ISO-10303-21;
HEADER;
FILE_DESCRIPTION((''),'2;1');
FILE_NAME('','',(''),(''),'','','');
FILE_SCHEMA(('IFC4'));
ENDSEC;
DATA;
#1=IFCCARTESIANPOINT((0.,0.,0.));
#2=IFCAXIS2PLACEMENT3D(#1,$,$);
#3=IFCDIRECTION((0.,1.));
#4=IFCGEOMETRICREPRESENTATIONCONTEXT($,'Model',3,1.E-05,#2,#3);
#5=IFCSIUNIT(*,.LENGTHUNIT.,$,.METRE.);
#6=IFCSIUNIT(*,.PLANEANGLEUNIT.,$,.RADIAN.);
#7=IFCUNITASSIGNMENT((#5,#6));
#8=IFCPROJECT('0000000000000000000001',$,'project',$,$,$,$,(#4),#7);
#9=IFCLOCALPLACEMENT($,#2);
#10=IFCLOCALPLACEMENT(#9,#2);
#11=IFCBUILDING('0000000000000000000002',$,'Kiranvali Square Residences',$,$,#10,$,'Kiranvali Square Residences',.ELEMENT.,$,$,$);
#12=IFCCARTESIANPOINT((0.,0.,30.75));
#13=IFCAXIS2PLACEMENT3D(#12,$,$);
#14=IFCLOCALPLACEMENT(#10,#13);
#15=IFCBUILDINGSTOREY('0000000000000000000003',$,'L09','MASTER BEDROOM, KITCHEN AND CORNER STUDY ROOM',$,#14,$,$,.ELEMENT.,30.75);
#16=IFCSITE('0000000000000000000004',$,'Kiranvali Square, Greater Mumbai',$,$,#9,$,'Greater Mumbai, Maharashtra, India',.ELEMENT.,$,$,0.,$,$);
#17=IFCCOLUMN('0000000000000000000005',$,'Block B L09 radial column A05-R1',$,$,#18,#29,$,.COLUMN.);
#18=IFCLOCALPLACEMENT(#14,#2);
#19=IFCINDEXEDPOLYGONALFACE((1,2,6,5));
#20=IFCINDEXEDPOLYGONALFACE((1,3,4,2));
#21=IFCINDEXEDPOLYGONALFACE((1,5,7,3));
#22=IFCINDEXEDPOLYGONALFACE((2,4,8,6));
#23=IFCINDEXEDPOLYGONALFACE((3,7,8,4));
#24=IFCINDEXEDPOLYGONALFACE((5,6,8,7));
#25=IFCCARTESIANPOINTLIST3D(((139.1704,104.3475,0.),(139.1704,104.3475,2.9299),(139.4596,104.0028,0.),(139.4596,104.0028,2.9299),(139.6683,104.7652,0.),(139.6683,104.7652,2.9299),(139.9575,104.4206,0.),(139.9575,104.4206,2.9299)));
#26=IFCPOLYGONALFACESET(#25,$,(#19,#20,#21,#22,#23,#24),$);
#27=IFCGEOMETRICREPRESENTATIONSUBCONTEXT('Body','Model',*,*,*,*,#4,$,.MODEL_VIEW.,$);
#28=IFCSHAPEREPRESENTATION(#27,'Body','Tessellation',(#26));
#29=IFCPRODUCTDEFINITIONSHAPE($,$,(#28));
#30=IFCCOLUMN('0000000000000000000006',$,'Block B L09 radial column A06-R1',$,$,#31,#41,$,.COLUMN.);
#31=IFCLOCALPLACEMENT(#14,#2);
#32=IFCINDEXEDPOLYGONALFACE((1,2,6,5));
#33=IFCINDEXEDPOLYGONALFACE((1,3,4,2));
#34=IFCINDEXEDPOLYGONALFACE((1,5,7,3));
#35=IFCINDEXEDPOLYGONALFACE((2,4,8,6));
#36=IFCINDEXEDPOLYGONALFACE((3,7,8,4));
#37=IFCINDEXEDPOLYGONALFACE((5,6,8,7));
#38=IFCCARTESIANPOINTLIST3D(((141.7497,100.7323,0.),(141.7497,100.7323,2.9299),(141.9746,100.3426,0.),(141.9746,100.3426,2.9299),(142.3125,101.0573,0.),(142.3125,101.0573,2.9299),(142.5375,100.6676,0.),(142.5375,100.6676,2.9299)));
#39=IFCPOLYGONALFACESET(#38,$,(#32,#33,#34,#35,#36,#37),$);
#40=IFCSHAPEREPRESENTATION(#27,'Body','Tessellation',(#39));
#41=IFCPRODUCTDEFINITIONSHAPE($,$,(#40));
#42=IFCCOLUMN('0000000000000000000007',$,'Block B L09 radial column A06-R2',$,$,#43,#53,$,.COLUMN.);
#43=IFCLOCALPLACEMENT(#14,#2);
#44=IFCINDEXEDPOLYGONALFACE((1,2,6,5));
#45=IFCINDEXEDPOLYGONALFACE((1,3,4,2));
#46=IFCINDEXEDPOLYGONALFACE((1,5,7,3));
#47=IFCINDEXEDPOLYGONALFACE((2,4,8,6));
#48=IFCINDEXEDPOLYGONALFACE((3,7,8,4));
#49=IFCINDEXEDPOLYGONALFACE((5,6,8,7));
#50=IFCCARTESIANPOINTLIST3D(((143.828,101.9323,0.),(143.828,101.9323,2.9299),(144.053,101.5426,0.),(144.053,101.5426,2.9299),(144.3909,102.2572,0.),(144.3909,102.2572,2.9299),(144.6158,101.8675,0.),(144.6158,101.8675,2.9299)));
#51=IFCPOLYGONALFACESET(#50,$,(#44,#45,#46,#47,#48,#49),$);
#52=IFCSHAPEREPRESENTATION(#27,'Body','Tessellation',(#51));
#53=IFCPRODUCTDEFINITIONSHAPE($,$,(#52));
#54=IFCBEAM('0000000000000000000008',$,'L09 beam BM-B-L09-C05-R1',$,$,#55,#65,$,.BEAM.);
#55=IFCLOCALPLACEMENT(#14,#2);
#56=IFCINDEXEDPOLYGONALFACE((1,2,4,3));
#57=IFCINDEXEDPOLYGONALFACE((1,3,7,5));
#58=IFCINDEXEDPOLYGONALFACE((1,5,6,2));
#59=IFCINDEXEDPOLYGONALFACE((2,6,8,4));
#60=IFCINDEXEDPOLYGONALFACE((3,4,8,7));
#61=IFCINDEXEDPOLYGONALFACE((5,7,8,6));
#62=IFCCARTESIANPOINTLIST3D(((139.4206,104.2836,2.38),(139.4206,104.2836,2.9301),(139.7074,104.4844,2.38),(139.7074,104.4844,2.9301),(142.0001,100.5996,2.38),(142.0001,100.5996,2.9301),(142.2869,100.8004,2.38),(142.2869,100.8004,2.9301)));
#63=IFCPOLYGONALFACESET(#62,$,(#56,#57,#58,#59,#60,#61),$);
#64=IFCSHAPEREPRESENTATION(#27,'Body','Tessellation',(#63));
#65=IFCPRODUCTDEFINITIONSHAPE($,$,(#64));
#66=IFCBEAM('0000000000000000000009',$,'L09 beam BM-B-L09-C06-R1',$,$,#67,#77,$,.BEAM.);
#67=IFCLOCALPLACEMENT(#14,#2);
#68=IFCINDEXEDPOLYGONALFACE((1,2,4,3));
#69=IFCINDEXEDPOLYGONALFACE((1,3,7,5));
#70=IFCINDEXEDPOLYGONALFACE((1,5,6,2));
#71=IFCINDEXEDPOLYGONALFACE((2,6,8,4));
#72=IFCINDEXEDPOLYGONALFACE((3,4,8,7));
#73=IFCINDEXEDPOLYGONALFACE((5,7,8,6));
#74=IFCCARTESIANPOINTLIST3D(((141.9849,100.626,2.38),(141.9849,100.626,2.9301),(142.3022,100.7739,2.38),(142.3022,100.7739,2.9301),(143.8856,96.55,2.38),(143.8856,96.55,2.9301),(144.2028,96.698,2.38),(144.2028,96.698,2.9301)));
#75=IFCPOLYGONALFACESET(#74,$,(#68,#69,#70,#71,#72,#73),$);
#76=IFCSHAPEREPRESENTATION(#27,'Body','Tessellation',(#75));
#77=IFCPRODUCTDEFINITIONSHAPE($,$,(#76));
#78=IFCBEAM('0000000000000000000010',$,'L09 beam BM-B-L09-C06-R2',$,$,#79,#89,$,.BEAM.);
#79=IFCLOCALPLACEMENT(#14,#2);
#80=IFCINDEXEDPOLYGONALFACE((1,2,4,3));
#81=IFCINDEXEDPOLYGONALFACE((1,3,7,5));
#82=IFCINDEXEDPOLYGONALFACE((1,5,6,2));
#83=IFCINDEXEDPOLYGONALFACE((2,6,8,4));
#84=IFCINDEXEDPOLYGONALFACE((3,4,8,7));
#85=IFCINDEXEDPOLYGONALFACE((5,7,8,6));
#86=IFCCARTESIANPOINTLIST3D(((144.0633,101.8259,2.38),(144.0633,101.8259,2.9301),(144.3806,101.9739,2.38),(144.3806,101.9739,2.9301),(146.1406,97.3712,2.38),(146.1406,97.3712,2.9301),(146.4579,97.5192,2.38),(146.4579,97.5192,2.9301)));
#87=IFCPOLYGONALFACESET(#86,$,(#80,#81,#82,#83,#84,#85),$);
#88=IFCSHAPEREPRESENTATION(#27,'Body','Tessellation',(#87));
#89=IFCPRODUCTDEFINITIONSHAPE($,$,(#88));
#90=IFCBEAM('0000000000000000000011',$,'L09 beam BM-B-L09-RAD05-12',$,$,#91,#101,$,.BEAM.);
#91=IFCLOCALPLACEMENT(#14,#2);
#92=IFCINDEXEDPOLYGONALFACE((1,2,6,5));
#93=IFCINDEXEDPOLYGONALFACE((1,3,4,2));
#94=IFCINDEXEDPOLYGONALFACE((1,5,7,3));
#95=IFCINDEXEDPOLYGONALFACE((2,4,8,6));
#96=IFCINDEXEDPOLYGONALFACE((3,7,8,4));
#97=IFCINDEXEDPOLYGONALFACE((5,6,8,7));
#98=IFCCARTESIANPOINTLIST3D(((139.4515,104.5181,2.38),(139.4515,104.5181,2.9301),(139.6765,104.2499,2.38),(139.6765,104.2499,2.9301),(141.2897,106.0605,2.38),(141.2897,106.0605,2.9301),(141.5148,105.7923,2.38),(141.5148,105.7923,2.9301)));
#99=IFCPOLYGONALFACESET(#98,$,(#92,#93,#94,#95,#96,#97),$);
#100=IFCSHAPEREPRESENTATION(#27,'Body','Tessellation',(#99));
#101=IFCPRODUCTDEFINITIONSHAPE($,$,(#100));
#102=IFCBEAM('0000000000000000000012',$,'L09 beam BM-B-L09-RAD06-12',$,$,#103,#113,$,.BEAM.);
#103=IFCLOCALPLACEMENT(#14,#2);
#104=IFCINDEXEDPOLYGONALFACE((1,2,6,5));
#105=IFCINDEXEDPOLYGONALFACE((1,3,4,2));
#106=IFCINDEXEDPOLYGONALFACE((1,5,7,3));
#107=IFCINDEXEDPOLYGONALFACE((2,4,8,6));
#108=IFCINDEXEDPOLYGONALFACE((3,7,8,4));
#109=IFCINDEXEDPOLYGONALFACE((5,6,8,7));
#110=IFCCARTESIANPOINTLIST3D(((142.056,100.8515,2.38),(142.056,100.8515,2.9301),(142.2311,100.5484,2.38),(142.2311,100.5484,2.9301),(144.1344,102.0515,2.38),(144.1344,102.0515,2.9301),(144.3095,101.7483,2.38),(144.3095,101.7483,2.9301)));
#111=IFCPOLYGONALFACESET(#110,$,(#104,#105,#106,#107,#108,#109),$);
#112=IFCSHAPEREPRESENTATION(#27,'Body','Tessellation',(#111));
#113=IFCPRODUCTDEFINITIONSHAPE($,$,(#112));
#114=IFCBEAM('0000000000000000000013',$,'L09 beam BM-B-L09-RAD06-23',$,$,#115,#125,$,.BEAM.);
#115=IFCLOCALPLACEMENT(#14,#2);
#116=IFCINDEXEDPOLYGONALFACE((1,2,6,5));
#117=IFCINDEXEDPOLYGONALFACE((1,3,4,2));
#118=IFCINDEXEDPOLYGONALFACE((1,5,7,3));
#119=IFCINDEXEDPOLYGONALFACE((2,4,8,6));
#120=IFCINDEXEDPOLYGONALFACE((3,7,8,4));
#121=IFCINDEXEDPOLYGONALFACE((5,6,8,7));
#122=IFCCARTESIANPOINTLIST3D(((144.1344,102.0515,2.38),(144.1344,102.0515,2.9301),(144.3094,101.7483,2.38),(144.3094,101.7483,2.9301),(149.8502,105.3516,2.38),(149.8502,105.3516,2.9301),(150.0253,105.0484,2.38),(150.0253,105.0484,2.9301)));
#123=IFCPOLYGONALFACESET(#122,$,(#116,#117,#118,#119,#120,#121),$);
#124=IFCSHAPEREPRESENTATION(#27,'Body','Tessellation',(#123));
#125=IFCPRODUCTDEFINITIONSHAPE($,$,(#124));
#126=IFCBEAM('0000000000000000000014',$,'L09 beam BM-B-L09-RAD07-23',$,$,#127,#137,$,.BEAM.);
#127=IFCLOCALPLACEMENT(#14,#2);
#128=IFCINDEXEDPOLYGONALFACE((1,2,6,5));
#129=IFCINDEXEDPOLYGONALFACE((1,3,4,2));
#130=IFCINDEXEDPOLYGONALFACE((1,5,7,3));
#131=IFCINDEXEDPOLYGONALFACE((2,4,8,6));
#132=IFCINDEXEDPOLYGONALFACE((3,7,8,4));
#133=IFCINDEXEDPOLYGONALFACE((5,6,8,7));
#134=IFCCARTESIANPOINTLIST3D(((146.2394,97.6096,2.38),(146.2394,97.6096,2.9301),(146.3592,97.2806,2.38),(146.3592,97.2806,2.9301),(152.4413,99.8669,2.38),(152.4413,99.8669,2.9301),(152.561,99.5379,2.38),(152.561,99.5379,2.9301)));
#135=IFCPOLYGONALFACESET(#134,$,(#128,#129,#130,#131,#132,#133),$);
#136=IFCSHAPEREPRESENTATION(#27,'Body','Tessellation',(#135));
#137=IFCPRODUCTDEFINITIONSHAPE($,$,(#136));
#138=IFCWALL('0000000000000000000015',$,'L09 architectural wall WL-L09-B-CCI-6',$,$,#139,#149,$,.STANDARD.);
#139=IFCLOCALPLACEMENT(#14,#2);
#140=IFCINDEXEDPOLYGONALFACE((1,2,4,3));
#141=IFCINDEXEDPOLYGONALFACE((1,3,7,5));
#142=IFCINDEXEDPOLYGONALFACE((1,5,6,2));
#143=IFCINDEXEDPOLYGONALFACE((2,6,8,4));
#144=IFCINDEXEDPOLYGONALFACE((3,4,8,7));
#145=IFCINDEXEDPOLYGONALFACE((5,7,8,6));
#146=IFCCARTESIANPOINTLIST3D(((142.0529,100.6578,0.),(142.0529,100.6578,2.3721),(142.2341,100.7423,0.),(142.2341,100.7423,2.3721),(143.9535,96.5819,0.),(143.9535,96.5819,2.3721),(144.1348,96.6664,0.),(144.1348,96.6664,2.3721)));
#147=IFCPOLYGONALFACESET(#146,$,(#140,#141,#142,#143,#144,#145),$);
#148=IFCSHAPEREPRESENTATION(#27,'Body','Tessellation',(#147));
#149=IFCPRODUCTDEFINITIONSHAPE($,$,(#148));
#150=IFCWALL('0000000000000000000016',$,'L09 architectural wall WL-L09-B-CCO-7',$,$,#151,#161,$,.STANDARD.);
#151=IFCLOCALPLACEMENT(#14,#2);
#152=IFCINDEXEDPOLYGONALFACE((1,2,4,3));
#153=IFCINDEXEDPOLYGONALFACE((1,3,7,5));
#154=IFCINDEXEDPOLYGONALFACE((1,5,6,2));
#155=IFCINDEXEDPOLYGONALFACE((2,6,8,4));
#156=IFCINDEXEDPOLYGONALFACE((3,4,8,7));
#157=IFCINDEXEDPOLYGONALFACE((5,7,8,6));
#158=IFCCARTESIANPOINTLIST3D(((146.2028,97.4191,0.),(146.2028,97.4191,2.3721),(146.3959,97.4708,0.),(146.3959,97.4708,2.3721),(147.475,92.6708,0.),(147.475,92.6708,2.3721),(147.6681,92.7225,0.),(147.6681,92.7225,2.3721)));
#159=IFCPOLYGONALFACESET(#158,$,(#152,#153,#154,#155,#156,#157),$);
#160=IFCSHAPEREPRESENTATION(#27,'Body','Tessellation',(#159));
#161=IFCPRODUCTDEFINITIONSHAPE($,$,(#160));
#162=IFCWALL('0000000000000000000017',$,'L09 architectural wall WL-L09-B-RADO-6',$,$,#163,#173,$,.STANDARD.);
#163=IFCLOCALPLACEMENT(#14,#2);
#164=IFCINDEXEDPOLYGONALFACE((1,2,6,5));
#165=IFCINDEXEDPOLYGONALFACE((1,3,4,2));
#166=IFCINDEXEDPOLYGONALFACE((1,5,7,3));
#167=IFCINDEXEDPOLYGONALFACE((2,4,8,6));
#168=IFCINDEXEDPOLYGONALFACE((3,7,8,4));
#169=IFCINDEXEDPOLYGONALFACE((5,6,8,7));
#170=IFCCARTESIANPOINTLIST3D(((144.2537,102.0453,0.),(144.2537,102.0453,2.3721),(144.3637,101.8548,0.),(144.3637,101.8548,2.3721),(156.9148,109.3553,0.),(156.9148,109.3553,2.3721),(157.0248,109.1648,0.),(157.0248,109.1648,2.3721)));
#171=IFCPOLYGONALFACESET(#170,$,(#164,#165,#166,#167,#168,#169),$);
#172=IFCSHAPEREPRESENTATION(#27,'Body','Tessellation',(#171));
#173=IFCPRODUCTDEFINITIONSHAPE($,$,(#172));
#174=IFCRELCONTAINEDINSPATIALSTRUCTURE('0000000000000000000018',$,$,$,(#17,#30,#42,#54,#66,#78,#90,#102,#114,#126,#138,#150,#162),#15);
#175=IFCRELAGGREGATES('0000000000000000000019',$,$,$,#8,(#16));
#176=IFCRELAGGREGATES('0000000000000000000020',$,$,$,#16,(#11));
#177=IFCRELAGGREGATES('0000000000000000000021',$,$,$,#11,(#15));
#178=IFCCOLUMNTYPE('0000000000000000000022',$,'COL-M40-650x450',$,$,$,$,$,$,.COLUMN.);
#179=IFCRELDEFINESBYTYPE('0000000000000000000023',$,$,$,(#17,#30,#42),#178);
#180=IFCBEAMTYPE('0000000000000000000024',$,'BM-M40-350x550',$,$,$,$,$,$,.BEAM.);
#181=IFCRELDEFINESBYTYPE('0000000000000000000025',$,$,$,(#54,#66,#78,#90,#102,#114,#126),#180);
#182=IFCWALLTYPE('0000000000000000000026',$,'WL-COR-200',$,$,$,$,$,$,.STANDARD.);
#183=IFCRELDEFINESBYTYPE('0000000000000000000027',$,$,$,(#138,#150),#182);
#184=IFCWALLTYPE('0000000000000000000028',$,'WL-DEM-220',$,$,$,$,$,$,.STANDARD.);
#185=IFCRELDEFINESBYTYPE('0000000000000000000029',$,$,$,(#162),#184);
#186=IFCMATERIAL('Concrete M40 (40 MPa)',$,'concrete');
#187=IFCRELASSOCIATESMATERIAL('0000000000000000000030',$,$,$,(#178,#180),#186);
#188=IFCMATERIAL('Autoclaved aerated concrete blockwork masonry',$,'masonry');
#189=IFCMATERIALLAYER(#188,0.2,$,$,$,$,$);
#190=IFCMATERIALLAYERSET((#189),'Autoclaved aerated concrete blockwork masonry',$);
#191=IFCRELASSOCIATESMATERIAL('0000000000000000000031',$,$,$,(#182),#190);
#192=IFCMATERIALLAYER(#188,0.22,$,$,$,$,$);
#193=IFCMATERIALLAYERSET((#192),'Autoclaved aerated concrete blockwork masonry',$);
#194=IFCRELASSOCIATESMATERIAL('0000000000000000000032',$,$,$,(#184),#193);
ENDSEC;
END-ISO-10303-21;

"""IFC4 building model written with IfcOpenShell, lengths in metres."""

from ifc_helpers import new_model, si_unit, direction, frame, frame_2d, origin, origin_2d, place, context, subcontext, project, spatial, rectangle, extrude, material, layer, layer_set, material_profile, profile_set, type_object, element, save


model = new_model("IFC4")

# Units and contexts
model_context = context("Model", 3, precision=1e-05, world=origin(), true_north=direction((0.0, 1.0)))
body_context = subcontext(model_context, "Body", "Model", "MODEL_VIEW")
ifc_project = project(units=[si_unit("LENGTHUNIT", "METRE"), si_unit("PLANEANGLEUNIT", "RADIAN")], contexts=[model_context])

# Site, building, storey
site_placement = place(None, origin())
site = spatial("IfcSite", under=ifc_project, at=site_placement, Name="Kiranvali Square, Greater Mumbai", LongName="Greater Mumbai, Maharashtra, India", CompositionType="ELEMENT", RefElevation=0.0)
building_placement = place(site_placement, origin())
building = spatial("IfcBuilding", under=site, at=building_placement, Name="Kiranvali Square Residences", LongName="Kiranvali Square Residences", CompositionType="ELEMENT")
storey_placement = place(building_placement, frame((0.0, 0.0, 30.75)))
storey = spatial("IfcBuildingStorey", under=building, at=storey_placement, Name="L09", Description="MASTER BEDROOM, KITCHEN AND CORNER STUDY ROOM", CompositionType="ELEMENT", Elevation=30.75)

# Columns
ifc_material_1 = material(Name="Concrete M40 (40 MPa)", Category="concrete")
ifc_material_profile_1 = material_profile(ifc_material_1, rectangle(XDim=0.45, YDim=0.6499, at=origin_2d()), Name="RC 650x450")
ifc_profile_set_1 = profile_set([ifc_material_profile_1], Name="Concrete M40 (40 MPa)")
column_type = type_object("IfcColumnType", Name="COL-M40-650x450", PredefinedType="COLUMN", material=ifc_profile_set_1)
for number, where, z_axis, x_axis, name in (
    (1, (139.564, 104.384, 0.0), (0.0, 0.0, 1.0), (-0.642788, 0.766044, 0.0), "Block B L09 radial column A05-R1"),
    (2, (142.1436, 100.7, 0.0), (0.0, 0.0, 1.0), (-0.5, 0.866025, 0.0), "Block B L09 radial column A06-R1"),
    (3, (144.2219, 101.8999, 0.0), (0.0, 0.0, 1.0), (-0.5, 0.866025, 0.0), "Block B L09 radial column A06-R2"),
):
    element("IfcColumn", number, at=place(storey_placement, frame(where, z_axis=z_axis, x_axis=x_axis)), inside=storey, type_object=column_type, Name=name, PredefinedType="COLUMN", context=body_context, shape_type="SweptSolid", body=[
        extrude(rectangle(XDim=0.45, YDim=0.6499, at=origin_2d()), origin(), (0.0, 0.0, 1.0), 2.9299),
    ])

# Beams
ifc_material_profile_2 = material_profile(ifc_material_1, rectangle(XDim=0.3501, YDim=0.55, at=origin_2d()), Name="RC 350x550")
ifc_profile_set_2 = profile_set([ifc_material_profile_2], Name="Concrete M40 (40 MPa)")
beam_type = type_object("IfcBeamType", Name="BM-M40-350x550", PredefinedType="BEAM", material=ifc_profile_set_2)
for number, where, z_axis, x_axis, name in (
    (4, (139.564, 104.384, 2.655), (0.573572, -0.819155, 0.0), (0.819155, 0.573572, 0.0), "L09 beam BM-B-L09-C05-R1"),
    (5, (142.1436, 100.7, 2.655), (0.422618, -0.906308, 0.0), (0.906308, 0.422618, 0.0), "L09 beam BM-B-L09-C06-R1"),
):
    element("IfcBeam", number, at=place(storey_placement, frame(where, z_axis=z_axis, x_axis=x_axis)), inside=storey, type_object=beam_type, Name=name, PredefinedType="BEAM", context=body_context, shape_type="SweptSolid", body=[
        extrude(rectangle(XDim=0.3501, YDim=0.55, at=origin_2d()), origin(), (0.0, 0.0, 1.0), 4.4973),
    ])
beam_1_placement = place(storey_placement, frame((144.2219, 101.8999, 2.655), z_axis=(0.42263, -0.906302, 0.0), x_axis=(0.906302, 0.42263, 0.0)))
element("IfcBeam", 6, at=beam_1_placement, inside=storey, type_object=beam_type, Name="L09 beam BM-B-L09-C06-R2", PredefinedType="BEAM", context=body_context, shape_type="SweptSolid", body=[
    extrude(rectangle(XDim=0.3501, YDim=0.55, at=origin_2d()), origin(), (0.0, 0.0, 1.0), 4.9153),
])
beam_2_placement = place(storey_placement, frame((139.564, 104.384, 2.655), z_axis=(0.766065, 0.642763, 0.0), x_axis=(-0.642763, 0.766065, 0.0)))
element("IfcBeam", 7, at=beam_2_placement, inside=storey, type_object=beam_type, Name="L09 beam BM-B-L09-RAD05-12", PredefinedType="BEAM", context=body_context, shape_type="SweptSolid", body=[
    extrude(rectangle(XDim=0.3501, YDim=0.55, at=origin_2d()), origin(), (0.0, 0.0, 1.0), 2.3997),
])
beam_3_placement = place(storey_placement, frame((142.1436, 100.7, 2.655), z_axis=(0.866025, 0.500001, 0.0), x_axis=(-0.500001, 0.866025, 0.0)))
element("IfcBeam", 8, at=beam_3_placement, inside=storey, type_object=beam_type, Name="L09 beam BM-B-L09-RAD06-12", PredefinedType="BEAM", context=body_context, shape_type="SweptSolid", body=[
    extrude(rectangle(XDim=0.3501, YDim=0.55, at=origin_2d()), origin(), (0.0, 0.0, 1.0), 2.3999),
])
beam_4_placement = place(storey_placement, frame((144.2219, 101.8999, 2.655), z_axis=(0.866024, 0.500002, 0.0), x_axis=(-0.500002, 0.866024, 0.0)))
element("IfcBeam", 9, at=beam_4_placement, inside=storey, type_object=beam_type, Name="L09 beam BM-B-L09-RAD06-23", PredefinedType="BEAM", context=body_context, shape_type="SweptSolid", body=[
    extrude(rectangle(XDim=0.3501, YDim=0.55, at=origin_2d()), origin(), (0.0, 0.0, 1.0), 6.6001),
])
beam_5_placement = place(storey_placement, frame((146.2993, 97.4451, 2.655), z_axis=(0.939692, 0.342022, 0.0), x_axis=(-0.342022, 0.939692, 0.0)))
element("IfcBeam", 10, at=beam_5_placement, inside=storey, type_object=beam_type, Name="L09 beam BM-B-L09-RAD07-23", PredefinedType="BEAM", context=body_context, shape_type="SweptSolid", body=[
    extrude(rectangle(XDim=0.3501, YDim=0.55, at=origin_2d()), origin(), (0.0, 0.0, 1.0), 6.5999),
])

# Shared definitions
ifc_material_2 = material(Name="Autoclaved aerated concrete blockwork masonry", Category="masonry")
ifc_layer_1 = layer(ifc_material_2, 0.2)
ifc_layer_set_1 = layer_set([ifc_layer_1], Name="Autoclaved aerated concrete blockwork masonry")
wall_type_1 = type_object("IfcWallType", Name="WL-COR-200", PredefinedType="STANDARD", material=ifc_layer_set_1)

# Wall
wall_1_placement = place(storey_placement, frame((142.1436, 100.7, 0.0), z_axis=(0.0, 0.0, 1.0), x_axis=(0.422618, -0.906308, 0.0)))
element("IfcWall", 11, at=wall_1_placement, inside=storey, type_object=wall_type_1, Name="L09 architectural wall WL-L09-B-CCI-6", PredefinedType="STANDARD", context=body_context, shape_type="SweptSolid", body=[
    extrude(rectangle(XDim=4.4973, YDim=0.2, at=frame_2d((2.2485, 0.0))), origin(), (0.0, 0.0, 1.0), 2.3721),
])

# Walls
wall_2_placement = place(storey_placement, frame((146.2993, 97.4451, 0.0), z_axis=(0.0, 0.0, 1.0), x_axis=(0.258803, -0.96593, 0.0)))
element("IfcWall", 12, at=wall_2_placement, inside=storey, type_object=wall_type_1, Name="L09 architectural wall WL-L09-B-CCO-7", PredefinedType="STANDARD", context=body_context, shape_type="SweptSolid", body=[
    extrude(rectangle(XDim=4.9158, YDim=0.2, at=frame_2d((2.458, 0.0))), origin(), (0.0, 0.0, 1.0), 2.3721),
])
ifc_layer_2 = layer(ifc_material_2, 0.22)
ifc_layer_set_2 = layer_set([ifc_layer_2], Name="Autoclaved aerated concrete blockwork masonry")
wall_type_2 = type_object("IfcWallType", Name="WL-DEM-220", PredefinedType="STANDARD", material=ifc_layer_set_2)
wall_3_placement = place(storey_placement, frame((144.3086, 101.95, 0.0), z_axis=(0.0, 0.0, 1.0), x_axis=(0.866021, 0.500008, 0.0)))
element("IfcWall", 13, at=wall_3_placement, inside=storey, type_object=wall_type_2, Name="L09 architectural wall WL-L09-B-RADO-6", PredefinedType="STANDARD", context=body_context, shape_type="SweptSolid", body=[
    extrude(rectangle(XDim=14.6199, YDim=0.22, at=frame_2d((7.3101, 0.0))), origin(), (0.0, 0.0, 1.0), 2.3721),
])

save(model, "model.ifc")
